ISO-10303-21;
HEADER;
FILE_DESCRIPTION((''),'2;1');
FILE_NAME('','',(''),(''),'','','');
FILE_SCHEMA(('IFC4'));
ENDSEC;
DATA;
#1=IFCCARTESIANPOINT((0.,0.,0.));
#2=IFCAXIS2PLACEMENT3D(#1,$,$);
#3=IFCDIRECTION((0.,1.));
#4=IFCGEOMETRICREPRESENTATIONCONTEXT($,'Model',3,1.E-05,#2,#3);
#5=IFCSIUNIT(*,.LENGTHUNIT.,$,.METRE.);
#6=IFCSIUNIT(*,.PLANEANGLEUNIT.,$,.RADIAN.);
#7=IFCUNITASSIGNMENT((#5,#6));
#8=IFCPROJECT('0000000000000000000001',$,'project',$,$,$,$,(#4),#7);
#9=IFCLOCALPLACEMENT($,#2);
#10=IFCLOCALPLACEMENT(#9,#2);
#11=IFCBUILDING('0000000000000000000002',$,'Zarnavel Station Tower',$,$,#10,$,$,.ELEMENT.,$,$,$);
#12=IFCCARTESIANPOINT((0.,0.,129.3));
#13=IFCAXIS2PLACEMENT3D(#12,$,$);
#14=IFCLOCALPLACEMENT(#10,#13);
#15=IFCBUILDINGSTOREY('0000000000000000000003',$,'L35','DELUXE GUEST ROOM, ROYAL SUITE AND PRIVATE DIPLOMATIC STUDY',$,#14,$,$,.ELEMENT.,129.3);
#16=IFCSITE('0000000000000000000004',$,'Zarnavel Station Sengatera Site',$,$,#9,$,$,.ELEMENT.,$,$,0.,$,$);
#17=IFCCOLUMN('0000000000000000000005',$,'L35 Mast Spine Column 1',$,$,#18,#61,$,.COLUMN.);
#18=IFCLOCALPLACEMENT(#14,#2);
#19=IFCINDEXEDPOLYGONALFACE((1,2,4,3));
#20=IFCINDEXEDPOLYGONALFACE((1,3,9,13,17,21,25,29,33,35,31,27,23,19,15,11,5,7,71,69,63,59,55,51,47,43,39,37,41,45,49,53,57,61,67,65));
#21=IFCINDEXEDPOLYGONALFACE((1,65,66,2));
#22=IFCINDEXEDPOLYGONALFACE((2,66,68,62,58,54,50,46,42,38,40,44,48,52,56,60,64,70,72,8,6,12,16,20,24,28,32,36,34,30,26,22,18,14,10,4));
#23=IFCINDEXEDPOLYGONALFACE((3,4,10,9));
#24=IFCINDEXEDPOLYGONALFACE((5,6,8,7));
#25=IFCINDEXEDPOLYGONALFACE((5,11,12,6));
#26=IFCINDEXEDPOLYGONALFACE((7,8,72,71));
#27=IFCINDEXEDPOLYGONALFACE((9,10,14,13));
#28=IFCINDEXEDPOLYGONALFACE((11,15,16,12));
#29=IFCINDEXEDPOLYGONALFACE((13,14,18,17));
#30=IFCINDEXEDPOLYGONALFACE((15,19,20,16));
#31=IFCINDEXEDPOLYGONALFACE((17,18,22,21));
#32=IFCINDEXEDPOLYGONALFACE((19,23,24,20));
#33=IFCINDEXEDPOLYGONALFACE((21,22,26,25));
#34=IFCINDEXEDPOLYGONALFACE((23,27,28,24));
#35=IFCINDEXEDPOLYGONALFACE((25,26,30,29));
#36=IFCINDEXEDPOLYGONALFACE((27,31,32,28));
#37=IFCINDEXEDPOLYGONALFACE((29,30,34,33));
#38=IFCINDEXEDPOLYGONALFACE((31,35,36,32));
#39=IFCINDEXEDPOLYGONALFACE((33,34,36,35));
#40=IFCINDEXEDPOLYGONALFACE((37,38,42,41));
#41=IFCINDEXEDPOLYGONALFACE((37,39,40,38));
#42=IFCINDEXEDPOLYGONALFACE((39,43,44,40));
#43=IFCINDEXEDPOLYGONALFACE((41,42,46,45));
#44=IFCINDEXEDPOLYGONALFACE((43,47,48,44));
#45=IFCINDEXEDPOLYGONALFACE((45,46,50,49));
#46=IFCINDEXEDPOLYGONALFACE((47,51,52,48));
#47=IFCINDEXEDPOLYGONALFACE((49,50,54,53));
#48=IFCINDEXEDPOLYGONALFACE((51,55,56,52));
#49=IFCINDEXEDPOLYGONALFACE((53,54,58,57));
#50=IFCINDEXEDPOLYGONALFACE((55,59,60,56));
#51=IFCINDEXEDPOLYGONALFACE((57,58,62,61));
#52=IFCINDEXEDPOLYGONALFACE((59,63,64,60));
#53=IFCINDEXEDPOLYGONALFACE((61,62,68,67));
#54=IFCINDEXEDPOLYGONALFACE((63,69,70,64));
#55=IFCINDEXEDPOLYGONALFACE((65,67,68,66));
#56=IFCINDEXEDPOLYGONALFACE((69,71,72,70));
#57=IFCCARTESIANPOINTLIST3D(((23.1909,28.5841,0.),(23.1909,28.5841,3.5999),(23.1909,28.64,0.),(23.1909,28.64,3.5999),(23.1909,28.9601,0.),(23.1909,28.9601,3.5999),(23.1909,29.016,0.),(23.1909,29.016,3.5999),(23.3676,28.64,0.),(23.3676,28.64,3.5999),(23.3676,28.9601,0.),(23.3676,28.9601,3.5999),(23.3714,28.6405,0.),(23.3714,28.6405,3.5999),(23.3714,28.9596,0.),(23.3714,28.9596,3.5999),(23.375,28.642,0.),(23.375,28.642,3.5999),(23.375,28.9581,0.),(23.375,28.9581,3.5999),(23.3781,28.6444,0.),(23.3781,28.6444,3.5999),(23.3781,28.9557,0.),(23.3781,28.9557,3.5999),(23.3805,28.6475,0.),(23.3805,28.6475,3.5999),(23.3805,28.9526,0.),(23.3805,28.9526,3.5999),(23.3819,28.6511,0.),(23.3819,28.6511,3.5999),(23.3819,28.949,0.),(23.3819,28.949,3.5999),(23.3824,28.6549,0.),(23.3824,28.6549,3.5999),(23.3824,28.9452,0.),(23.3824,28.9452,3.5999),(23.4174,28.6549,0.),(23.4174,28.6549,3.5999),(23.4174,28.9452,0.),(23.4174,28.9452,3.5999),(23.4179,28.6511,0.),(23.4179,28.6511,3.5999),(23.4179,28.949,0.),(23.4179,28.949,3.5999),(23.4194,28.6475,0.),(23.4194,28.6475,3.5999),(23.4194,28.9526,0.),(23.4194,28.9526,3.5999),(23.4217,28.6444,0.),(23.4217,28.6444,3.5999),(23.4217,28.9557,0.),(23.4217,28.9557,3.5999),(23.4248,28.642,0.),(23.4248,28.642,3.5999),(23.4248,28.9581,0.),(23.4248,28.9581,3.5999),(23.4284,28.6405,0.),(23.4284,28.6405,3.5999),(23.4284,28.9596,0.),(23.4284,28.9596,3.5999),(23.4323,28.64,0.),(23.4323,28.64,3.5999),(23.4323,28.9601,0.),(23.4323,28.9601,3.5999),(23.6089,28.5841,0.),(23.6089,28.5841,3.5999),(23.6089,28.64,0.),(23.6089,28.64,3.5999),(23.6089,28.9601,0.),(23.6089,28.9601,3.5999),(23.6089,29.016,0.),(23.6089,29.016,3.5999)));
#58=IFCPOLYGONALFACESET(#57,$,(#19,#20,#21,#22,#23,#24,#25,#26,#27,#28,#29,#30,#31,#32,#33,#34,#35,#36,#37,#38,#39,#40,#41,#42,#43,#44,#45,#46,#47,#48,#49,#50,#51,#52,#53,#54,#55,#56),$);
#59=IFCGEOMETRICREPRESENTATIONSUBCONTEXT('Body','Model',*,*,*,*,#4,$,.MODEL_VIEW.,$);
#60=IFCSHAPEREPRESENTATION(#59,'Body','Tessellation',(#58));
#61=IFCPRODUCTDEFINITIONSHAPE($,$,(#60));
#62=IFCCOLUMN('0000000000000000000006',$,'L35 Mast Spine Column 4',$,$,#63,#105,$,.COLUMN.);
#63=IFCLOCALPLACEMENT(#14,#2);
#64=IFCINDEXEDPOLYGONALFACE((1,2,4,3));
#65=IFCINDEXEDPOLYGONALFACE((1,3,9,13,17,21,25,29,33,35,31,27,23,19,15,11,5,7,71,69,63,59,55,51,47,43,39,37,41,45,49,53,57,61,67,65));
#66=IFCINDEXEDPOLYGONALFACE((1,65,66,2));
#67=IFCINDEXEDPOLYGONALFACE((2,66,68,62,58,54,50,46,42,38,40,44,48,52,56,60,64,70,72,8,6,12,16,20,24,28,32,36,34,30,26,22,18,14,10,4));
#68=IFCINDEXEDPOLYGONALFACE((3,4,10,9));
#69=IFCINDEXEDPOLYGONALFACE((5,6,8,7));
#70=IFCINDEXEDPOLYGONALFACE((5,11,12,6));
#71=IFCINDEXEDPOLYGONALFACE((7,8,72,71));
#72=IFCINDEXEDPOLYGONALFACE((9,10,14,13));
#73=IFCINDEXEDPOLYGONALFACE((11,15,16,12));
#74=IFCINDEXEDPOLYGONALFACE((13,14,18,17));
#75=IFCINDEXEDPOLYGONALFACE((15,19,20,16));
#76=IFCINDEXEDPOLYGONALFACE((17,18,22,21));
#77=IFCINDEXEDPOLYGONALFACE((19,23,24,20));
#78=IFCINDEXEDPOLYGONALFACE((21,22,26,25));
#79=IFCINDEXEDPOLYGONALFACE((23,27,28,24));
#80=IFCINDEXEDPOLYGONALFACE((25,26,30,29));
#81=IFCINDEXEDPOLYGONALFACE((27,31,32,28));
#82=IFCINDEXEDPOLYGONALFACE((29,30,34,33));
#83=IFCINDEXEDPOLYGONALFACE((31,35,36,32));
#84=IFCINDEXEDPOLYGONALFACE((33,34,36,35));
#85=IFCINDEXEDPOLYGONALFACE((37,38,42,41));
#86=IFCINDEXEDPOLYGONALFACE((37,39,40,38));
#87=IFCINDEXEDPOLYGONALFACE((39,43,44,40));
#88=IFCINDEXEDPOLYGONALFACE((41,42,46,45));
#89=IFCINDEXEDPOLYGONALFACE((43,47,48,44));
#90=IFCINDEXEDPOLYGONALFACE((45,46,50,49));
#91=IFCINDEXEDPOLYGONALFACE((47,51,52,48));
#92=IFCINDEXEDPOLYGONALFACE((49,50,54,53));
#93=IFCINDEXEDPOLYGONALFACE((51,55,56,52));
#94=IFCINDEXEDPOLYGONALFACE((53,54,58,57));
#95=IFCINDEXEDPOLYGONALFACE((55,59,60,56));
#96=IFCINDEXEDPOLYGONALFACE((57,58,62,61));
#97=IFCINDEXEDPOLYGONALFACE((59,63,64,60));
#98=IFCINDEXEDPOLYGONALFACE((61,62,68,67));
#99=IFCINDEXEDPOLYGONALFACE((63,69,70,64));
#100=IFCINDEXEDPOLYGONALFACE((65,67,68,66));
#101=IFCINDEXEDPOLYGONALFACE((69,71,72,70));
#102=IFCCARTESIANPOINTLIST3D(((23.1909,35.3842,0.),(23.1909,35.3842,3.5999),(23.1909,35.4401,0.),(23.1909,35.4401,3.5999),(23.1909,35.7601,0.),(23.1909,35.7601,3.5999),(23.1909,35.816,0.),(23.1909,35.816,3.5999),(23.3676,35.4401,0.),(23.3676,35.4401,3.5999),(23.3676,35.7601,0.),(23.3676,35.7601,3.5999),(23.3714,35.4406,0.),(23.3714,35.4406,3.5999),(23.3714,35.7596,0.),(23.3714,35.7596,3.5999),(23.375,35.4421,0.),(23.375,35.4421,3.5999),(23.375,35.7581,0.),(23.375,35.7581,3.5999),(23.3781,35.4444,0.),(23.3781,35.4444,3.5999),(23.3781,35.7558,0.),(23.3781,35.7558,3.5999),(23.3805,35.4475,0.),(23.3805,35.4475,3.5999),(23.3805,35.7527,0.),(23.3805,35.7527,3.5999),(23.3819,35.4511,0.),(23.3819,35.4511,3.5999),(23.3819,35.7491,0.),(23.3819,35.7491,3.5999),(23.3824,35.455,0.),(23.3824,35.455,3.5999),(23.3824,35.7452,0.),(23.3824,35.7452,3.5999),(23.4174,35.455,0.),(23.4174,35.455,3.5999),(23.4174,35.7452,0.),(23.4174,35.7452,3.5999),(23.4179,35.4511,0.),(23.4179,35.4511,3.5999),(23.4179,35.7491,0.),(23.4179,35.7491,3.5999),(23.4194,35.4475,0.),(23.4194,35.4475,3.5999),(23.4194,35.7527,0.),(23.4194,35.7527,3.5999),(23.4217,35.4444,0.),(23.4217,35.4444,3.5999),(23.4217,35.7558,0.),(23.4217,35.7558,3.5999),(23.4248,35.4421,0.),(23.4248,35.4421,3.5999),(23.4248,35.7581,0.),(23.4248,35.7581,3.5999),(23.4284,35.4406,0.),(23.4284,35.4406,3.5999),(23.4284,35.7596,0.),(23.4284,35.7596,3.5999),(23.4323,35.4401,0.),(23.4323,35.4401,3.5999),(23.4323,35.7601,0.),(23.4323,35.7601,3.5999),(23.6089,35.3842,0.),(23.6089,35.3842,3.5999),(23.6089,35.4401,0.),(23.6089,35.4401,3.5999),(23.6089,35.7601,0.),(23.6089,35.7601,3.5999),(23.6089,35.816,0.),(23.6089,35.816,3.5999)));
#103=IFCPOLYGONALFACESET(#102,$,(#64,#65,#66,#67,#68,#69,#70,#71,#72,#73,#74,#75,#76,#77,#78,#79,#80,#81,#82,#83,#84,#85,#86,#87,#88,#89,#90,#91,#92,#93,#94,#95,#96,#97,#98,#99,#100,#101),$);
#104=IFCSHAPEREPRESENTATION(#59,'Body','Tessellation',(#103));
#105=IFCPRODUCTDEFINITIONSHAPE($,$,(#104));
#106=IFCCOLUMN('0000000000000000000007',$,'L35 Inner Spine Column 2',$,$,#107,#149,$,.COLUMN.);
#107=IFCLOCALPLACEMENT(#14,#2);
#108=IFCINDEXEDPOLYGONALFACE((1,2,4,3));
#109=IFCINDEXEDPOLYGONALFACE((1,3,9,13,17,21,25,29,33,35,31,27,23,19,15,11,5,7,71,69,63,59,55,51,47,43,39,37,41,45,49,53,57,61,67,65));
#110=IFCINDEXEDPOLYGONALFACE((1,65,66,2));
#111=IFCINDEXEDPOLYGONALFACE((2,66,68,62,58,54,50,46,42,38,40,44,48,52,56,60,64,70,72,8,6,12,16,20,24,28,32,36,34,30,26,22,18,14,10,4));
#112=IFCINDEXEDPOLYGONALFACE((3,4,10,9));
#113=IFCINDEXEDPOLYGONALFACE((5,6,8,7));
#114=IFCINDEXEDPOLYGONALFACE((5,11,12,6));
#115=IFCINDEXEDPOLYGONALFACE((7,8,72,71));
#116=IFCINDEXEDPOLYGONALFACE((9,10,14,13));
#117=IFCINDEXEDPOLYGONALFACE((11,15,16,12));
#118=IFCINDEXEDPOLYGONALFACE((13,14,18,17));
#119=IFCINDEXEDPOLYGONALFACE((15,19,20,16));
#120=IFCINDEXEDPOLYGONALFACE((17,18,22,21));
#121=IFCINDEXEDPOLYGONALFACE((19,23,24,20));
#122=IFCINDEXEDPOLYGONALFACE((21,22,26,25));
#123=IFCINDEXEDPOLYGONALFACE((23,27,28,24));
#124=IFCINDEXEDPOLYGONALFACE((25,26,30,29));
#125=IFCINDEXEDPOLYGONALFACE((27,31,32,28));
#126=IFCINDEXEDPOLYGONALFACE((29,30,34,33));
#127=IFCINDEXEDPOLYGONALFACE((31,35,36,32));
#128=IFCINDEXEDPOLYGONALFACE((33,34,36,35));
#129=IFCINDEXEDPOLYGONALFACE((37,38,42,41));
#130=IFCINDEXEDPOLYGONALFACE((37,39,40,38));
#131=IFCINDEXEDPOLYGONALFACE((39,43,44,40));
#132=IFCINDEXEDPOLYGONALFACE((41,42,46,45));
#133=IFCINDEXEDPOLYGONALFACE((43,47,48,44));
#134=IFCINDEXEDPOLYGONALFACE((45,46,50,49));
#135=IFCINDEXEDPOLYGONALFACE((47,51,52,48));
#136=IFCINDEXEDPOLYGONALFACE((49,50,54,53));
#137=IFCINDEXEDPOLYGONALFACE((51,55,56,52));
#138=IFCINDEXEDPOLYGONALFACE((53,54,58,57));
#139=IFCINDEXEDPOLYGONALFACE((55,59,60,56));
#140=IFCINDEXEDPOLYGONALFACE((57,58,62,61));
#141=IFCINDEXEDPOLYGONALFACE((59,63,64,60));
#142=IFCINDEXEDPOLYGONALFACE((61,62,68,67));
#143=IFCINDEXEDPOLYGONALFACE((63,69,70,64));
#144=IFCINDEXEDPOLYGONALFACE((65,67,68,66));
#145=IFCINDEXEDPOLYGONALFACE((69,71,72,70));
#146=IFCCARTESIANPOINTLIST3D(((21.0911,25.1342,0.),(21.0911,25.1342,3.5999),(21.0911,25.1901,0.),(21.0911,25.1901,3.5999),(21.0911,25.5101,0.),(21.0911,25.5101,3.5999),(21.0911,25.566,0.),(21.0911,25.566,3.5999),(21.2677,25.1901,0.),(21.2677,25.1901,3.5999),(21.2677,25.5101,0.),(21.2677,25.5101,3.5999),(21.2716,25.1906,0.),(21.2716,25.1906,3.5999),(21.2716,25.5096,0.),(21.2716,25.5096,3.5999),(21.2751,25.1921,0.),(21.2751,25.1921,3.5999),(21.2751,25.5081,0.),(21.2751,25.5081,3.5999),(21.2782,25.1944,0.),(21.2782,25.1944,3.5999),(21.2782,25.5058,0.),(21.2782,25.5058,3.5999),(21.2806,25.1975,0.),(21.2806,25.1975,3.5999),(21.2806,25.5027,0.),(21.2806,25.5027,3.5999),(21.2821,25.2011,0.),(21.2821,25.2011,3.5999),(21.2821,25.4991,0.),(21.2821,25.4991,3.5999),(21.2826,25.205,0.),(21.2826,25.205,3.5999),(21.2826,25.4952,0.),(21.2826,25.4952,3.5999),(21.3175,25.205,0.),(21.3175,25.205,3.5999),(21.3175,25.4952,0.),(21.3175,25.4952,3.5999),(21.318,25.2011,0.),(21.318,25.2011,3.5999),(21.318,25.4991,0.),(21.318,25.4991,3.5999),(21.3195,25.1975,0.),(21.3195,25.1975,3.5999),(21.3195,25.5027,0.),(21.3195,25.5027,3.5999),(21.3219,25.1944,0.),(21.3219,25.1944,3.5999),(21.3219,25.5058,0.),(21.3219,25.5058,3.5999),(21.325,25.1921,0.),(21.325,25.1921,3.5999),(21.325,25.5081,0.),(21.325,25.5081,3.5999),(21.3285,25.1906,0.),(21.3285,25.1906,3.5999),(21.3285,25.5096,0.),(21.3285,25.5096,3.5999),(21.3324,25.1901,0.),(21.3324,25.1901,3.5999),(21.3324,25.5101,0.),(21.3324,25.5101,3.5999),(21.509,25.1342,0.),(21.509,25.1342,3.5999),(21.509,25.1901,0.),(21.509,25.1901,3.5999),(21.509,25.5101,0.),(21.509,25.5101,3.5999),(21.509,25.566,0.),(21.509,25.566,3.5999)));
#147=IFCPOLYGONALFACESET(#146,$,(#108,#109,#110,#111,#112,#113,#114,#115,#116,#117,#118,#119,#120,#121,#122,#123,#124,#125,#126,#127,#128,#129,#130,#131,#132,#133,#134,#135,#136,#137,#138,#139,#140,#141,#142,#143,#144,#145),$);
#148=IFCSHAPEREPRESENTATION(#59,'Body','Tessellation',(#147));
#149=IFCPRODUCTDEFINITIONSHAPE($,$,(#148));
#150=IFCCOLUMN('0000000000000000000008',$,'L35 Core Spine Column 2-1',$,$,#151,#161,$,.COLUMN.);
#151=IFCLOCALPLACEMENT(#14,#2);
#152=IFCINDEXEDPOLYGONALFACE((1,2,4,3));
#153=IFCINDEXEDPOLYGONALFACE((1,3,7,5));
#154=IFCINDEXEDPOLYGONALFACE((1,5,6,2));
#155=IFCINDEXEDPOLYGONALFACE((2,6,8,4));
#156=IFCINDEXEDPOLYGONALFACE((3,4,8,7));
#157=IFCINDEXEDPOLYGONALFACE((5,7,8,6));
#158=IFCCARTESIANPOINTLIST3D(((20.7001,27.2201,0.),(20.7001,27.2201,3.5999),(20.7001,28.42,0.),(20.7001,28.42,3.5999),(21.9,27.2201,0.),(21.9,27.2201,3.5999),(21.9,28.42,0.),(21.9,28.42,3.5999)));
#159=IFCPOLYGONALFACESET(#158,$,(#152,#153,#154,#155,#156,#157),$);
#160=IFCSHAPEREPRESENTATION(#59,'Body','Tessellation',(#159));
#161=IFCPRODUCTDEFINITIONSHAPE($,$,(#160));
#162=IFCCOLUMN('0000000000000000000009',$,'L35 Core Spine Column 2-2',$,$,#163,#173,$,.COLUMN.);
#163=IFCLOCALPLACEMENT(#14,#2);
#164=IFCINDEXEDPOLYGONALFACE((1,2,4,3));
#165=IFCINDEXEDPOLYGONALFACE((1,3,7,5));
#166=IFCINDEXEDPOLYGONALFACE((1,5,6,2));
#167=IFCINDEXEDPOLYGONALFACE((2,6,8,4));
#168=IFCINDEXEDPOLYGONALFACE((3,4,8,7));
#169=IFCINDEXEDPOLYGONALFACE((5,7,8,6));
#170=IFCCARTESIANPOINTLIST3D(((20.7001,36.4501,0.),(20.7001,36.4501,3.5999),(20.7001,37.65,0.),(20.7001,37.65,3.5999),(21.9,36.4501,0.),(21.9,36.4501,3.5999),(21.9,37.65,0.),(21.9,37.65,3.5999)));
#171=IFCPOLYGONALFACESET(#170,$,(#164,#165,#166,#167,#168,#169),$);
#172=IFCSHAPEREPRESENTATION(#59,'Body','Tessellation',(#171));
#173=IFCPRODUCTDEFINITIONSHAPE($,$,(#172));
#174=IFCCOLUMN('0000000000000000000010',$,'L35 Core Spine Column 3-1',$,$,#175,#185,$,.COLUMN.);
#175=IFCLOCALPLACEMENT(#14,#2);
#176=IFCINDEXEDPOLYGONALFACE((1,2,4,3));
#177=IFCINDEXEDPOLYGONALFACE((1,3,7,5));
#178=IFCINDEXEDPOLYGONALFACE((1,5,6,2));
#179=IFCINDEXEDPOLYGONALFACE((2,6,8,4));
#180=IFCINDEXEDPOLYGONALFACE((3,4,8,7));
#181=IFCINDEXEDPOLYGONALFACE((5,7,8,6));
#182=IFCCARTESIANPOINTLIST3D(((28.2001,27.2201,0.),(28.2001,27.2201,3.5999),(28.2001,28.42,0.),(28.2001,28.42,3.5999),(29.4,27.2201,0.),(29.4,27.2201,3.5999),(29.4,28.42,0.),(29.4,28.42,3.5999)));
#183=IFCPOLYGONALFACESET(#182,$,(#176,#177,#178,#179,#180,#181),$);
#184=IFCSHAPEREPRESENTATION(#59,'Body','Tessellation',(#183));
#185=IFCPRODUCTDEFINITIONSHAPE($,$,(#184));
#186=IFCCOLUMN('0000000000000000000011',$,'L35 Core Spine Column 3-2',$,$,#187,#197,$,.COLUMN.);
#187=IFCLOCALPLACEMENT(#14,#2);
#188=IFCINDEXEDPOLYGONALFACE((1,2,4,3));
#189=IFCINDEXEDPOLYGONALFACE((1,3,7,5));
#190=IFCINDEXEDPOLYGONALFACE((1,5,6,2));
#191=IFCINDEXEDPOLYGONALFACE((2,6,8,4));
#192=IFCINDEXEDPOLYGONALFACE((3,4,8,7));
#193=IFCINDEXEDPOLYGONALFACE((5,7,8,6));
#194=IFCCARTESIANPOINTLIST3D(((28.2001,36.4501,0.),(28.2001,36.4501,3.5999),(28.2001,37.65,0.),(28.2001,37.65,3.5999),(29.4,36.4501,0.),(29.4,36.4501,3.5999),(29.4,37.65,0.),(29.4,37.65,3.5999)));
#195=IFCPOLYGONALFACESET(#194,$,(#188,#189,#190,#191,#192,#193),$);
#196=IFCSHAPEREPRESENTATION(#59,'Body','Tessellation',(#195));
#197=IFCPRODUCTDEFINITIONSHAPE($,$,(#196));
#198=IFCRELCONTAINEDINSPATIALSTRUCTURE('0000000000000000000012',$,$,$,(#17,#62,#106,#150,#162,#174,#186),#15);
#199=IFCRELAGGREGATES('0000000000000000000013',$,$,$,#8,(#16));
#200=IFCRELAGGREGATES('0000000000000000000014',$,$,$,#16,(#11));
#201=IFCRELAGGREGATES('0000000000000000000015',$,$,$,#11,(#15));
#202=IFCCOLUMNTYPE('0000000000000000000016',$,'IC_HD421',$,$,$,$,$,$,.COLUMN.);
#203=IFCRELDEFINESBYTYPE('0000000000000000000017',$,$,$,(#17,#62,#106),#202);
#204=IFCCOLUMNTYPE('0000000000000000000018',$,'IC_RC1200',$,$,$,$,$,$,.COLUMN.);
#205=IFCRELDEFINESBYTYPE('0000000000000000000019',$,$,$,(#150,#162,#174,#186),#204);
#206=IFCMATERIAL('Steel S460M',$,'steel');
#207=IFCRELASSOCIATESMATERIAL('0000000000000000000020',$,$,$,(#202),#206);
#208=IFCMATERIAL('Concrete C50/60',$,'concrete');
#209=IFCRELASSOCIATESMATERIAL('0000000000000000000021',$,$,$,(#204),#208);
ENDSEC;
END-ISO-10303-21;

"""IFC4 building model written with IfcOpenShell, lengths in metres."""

from ifc_helpers import new_model, si_unit, direction, frame, origin, origin_2d, place, context, subcontext, project, spatial, rectangle, i_section, extrude, material, material_profile, profile_set, type_object, element, save


model = new_model("IFC4")

# Units and contexts
model_context = context("Model", 3, precision=1e-05, world=origin(), true_north=direction((0.0, 1.0)))
body_context = subcontext(model_context, "Body", "Model", "MODEL_VIEW")
ifc_project = project(units=[si_unit("LENGTHUNIT", "METRE"), si_unit("PLANEANGLEUNIT", "RADIAN")], contexts=[model_context])

# Site, building, storey
site_placement = place(None, origin())
site = spatial("IfcSite", under=ifc_project, at=site_placement, Name="Zarnavel Station Sengatera Site", CompositionType="ELEMENT", RefElevation=0.0)
building_placement = place(site_placement, origin())
building = spatial("IfcBuilding", under=site, at=building_placement, Name="Zarnavel Station Tower", CompositionType="ELEMENT")
storey_placement = place(building_placement, frame((0.0, 0.0, 129.3)))
storey = spatial("IfcBuildingStorey", under=building, at=storey_placement, Name="L35", Description="DELUXE GUEST ROOM, ROYAL SUITE AND PRIVATE DIPLOMATIC STUDY", CompositionType="ELEMENT", Elevation=129.3)

# Columns
ifc_material_1 = material(Name="Steel S460M", Category="steel")
ifc_material_profile_1 = material_profile(ifc_material_1, i_section(OverallWidth=0.418, OverallDepth=0.4319, WebThickness=0.0349, FlangeThickness=0.0559, FilletRadius=0.0149, at=origin_2d()), Name="HD400x421")
ifc_profile_set_1 = profile_set([ifc_material_profile_1], Name="Steel S460M")
column_type_1 = type_object("IfcColumnType", Name="IC_HD421", PredefinedType="COLUMN", material=ifc_profile_set_1)
for number, where, z_axis, x_axis, name in (
    (1, (23.3999, 28.8, 0.0), (0.0, 0.0, 1.0), (1.0, 0.0, 0.0), "L35 Mast Spine Column 1"),
    (2, (23.3999, 35.6001, 0.0), (0.0, 0.0, 1.0), (1.0, 0.0, 0.0), "L35 Mast Spine Column 4"),
    (3, (21.3, 25.3501, 0.0), (0.0, 0.0, 1.0), (1.0, 0.0, 0.0), "L35 Inner Spine Column 2"),
):
    element("IfcColumn", number, at=place(storey_placement, frame(where, z_axis=z_axis, x_axis=x_axis)), inside=storey, type_object=column_type_1, Name=name, PredefinedType="COLUMN", context=body_context, shape_type="SweptSolid", body=[
        extrude(i_section(OverallWidth=0.418, OverallDepth=0.4319, WebThickness=0.0349, FlangeThickness=0.0559, FilletRadius=0.0149, at=origin_2d()), origin(), (0.0, 0.0, 1.0), 3.5999),
    ])
ifc_material_2 = material(Name="Concrete C50/60", Category="concrete")
ifc_material_profile_2 = material_profile(ifc_material_2, rectangle(XDim=1.2, YDim=1.2, at=origin_2d()), Name="RC1200x1200")
ifc_profile_set_2 = profile_set([ifc_material_profile_2], Name="Concrete C50/60")
column_type_2 = type_object("IfcColumnType", Name="IC_RC1200", PredefinedType="COLUMN", material=ifc_profile_set_2)
for number, where, z_axis, x_axis, name in (
    (4, (21.3, 27.8201, 0.0), (0.0, 0.0, 1.0), (1.0, 0.0, 0.0), "L35 Core Spine Column 2-1"),
    (5, (21.3, 37.05, 0.0), (0.0, 0.0, 1.0), (1.0, 0.0, 0.0), "L35 Core Spine Column 2-2"),
    (6, (28.8, 27.8201, 0.0), (0.0, 0.0, 1.0), (1.0, 0.0, 0.0), "L35 Core Spine Column 3-1"),
    (7, (28.8, 37.05, 0.0), (0.0, 0.0, 1.0), (1.0, 0.0, 0.0), "L35 Core Spine Column 3-2"),
):
    element("IfcColumn", number, at=place(storey_placement, frame(where, z_axis=z_axis, x_axis=x_axis)), inside=storey, type_object=column_type_2, Name=name, PredefinedType="COLUMN", context=body_context, shape_type="SweptSolid", body=[
        extrude(rectangle(XDim=1.2, YDim=1.2, at=origin_2d()), origin(), (0.0, 0.0, 1.0), 3.5999),
    ])

save(model, "model.ifc")
